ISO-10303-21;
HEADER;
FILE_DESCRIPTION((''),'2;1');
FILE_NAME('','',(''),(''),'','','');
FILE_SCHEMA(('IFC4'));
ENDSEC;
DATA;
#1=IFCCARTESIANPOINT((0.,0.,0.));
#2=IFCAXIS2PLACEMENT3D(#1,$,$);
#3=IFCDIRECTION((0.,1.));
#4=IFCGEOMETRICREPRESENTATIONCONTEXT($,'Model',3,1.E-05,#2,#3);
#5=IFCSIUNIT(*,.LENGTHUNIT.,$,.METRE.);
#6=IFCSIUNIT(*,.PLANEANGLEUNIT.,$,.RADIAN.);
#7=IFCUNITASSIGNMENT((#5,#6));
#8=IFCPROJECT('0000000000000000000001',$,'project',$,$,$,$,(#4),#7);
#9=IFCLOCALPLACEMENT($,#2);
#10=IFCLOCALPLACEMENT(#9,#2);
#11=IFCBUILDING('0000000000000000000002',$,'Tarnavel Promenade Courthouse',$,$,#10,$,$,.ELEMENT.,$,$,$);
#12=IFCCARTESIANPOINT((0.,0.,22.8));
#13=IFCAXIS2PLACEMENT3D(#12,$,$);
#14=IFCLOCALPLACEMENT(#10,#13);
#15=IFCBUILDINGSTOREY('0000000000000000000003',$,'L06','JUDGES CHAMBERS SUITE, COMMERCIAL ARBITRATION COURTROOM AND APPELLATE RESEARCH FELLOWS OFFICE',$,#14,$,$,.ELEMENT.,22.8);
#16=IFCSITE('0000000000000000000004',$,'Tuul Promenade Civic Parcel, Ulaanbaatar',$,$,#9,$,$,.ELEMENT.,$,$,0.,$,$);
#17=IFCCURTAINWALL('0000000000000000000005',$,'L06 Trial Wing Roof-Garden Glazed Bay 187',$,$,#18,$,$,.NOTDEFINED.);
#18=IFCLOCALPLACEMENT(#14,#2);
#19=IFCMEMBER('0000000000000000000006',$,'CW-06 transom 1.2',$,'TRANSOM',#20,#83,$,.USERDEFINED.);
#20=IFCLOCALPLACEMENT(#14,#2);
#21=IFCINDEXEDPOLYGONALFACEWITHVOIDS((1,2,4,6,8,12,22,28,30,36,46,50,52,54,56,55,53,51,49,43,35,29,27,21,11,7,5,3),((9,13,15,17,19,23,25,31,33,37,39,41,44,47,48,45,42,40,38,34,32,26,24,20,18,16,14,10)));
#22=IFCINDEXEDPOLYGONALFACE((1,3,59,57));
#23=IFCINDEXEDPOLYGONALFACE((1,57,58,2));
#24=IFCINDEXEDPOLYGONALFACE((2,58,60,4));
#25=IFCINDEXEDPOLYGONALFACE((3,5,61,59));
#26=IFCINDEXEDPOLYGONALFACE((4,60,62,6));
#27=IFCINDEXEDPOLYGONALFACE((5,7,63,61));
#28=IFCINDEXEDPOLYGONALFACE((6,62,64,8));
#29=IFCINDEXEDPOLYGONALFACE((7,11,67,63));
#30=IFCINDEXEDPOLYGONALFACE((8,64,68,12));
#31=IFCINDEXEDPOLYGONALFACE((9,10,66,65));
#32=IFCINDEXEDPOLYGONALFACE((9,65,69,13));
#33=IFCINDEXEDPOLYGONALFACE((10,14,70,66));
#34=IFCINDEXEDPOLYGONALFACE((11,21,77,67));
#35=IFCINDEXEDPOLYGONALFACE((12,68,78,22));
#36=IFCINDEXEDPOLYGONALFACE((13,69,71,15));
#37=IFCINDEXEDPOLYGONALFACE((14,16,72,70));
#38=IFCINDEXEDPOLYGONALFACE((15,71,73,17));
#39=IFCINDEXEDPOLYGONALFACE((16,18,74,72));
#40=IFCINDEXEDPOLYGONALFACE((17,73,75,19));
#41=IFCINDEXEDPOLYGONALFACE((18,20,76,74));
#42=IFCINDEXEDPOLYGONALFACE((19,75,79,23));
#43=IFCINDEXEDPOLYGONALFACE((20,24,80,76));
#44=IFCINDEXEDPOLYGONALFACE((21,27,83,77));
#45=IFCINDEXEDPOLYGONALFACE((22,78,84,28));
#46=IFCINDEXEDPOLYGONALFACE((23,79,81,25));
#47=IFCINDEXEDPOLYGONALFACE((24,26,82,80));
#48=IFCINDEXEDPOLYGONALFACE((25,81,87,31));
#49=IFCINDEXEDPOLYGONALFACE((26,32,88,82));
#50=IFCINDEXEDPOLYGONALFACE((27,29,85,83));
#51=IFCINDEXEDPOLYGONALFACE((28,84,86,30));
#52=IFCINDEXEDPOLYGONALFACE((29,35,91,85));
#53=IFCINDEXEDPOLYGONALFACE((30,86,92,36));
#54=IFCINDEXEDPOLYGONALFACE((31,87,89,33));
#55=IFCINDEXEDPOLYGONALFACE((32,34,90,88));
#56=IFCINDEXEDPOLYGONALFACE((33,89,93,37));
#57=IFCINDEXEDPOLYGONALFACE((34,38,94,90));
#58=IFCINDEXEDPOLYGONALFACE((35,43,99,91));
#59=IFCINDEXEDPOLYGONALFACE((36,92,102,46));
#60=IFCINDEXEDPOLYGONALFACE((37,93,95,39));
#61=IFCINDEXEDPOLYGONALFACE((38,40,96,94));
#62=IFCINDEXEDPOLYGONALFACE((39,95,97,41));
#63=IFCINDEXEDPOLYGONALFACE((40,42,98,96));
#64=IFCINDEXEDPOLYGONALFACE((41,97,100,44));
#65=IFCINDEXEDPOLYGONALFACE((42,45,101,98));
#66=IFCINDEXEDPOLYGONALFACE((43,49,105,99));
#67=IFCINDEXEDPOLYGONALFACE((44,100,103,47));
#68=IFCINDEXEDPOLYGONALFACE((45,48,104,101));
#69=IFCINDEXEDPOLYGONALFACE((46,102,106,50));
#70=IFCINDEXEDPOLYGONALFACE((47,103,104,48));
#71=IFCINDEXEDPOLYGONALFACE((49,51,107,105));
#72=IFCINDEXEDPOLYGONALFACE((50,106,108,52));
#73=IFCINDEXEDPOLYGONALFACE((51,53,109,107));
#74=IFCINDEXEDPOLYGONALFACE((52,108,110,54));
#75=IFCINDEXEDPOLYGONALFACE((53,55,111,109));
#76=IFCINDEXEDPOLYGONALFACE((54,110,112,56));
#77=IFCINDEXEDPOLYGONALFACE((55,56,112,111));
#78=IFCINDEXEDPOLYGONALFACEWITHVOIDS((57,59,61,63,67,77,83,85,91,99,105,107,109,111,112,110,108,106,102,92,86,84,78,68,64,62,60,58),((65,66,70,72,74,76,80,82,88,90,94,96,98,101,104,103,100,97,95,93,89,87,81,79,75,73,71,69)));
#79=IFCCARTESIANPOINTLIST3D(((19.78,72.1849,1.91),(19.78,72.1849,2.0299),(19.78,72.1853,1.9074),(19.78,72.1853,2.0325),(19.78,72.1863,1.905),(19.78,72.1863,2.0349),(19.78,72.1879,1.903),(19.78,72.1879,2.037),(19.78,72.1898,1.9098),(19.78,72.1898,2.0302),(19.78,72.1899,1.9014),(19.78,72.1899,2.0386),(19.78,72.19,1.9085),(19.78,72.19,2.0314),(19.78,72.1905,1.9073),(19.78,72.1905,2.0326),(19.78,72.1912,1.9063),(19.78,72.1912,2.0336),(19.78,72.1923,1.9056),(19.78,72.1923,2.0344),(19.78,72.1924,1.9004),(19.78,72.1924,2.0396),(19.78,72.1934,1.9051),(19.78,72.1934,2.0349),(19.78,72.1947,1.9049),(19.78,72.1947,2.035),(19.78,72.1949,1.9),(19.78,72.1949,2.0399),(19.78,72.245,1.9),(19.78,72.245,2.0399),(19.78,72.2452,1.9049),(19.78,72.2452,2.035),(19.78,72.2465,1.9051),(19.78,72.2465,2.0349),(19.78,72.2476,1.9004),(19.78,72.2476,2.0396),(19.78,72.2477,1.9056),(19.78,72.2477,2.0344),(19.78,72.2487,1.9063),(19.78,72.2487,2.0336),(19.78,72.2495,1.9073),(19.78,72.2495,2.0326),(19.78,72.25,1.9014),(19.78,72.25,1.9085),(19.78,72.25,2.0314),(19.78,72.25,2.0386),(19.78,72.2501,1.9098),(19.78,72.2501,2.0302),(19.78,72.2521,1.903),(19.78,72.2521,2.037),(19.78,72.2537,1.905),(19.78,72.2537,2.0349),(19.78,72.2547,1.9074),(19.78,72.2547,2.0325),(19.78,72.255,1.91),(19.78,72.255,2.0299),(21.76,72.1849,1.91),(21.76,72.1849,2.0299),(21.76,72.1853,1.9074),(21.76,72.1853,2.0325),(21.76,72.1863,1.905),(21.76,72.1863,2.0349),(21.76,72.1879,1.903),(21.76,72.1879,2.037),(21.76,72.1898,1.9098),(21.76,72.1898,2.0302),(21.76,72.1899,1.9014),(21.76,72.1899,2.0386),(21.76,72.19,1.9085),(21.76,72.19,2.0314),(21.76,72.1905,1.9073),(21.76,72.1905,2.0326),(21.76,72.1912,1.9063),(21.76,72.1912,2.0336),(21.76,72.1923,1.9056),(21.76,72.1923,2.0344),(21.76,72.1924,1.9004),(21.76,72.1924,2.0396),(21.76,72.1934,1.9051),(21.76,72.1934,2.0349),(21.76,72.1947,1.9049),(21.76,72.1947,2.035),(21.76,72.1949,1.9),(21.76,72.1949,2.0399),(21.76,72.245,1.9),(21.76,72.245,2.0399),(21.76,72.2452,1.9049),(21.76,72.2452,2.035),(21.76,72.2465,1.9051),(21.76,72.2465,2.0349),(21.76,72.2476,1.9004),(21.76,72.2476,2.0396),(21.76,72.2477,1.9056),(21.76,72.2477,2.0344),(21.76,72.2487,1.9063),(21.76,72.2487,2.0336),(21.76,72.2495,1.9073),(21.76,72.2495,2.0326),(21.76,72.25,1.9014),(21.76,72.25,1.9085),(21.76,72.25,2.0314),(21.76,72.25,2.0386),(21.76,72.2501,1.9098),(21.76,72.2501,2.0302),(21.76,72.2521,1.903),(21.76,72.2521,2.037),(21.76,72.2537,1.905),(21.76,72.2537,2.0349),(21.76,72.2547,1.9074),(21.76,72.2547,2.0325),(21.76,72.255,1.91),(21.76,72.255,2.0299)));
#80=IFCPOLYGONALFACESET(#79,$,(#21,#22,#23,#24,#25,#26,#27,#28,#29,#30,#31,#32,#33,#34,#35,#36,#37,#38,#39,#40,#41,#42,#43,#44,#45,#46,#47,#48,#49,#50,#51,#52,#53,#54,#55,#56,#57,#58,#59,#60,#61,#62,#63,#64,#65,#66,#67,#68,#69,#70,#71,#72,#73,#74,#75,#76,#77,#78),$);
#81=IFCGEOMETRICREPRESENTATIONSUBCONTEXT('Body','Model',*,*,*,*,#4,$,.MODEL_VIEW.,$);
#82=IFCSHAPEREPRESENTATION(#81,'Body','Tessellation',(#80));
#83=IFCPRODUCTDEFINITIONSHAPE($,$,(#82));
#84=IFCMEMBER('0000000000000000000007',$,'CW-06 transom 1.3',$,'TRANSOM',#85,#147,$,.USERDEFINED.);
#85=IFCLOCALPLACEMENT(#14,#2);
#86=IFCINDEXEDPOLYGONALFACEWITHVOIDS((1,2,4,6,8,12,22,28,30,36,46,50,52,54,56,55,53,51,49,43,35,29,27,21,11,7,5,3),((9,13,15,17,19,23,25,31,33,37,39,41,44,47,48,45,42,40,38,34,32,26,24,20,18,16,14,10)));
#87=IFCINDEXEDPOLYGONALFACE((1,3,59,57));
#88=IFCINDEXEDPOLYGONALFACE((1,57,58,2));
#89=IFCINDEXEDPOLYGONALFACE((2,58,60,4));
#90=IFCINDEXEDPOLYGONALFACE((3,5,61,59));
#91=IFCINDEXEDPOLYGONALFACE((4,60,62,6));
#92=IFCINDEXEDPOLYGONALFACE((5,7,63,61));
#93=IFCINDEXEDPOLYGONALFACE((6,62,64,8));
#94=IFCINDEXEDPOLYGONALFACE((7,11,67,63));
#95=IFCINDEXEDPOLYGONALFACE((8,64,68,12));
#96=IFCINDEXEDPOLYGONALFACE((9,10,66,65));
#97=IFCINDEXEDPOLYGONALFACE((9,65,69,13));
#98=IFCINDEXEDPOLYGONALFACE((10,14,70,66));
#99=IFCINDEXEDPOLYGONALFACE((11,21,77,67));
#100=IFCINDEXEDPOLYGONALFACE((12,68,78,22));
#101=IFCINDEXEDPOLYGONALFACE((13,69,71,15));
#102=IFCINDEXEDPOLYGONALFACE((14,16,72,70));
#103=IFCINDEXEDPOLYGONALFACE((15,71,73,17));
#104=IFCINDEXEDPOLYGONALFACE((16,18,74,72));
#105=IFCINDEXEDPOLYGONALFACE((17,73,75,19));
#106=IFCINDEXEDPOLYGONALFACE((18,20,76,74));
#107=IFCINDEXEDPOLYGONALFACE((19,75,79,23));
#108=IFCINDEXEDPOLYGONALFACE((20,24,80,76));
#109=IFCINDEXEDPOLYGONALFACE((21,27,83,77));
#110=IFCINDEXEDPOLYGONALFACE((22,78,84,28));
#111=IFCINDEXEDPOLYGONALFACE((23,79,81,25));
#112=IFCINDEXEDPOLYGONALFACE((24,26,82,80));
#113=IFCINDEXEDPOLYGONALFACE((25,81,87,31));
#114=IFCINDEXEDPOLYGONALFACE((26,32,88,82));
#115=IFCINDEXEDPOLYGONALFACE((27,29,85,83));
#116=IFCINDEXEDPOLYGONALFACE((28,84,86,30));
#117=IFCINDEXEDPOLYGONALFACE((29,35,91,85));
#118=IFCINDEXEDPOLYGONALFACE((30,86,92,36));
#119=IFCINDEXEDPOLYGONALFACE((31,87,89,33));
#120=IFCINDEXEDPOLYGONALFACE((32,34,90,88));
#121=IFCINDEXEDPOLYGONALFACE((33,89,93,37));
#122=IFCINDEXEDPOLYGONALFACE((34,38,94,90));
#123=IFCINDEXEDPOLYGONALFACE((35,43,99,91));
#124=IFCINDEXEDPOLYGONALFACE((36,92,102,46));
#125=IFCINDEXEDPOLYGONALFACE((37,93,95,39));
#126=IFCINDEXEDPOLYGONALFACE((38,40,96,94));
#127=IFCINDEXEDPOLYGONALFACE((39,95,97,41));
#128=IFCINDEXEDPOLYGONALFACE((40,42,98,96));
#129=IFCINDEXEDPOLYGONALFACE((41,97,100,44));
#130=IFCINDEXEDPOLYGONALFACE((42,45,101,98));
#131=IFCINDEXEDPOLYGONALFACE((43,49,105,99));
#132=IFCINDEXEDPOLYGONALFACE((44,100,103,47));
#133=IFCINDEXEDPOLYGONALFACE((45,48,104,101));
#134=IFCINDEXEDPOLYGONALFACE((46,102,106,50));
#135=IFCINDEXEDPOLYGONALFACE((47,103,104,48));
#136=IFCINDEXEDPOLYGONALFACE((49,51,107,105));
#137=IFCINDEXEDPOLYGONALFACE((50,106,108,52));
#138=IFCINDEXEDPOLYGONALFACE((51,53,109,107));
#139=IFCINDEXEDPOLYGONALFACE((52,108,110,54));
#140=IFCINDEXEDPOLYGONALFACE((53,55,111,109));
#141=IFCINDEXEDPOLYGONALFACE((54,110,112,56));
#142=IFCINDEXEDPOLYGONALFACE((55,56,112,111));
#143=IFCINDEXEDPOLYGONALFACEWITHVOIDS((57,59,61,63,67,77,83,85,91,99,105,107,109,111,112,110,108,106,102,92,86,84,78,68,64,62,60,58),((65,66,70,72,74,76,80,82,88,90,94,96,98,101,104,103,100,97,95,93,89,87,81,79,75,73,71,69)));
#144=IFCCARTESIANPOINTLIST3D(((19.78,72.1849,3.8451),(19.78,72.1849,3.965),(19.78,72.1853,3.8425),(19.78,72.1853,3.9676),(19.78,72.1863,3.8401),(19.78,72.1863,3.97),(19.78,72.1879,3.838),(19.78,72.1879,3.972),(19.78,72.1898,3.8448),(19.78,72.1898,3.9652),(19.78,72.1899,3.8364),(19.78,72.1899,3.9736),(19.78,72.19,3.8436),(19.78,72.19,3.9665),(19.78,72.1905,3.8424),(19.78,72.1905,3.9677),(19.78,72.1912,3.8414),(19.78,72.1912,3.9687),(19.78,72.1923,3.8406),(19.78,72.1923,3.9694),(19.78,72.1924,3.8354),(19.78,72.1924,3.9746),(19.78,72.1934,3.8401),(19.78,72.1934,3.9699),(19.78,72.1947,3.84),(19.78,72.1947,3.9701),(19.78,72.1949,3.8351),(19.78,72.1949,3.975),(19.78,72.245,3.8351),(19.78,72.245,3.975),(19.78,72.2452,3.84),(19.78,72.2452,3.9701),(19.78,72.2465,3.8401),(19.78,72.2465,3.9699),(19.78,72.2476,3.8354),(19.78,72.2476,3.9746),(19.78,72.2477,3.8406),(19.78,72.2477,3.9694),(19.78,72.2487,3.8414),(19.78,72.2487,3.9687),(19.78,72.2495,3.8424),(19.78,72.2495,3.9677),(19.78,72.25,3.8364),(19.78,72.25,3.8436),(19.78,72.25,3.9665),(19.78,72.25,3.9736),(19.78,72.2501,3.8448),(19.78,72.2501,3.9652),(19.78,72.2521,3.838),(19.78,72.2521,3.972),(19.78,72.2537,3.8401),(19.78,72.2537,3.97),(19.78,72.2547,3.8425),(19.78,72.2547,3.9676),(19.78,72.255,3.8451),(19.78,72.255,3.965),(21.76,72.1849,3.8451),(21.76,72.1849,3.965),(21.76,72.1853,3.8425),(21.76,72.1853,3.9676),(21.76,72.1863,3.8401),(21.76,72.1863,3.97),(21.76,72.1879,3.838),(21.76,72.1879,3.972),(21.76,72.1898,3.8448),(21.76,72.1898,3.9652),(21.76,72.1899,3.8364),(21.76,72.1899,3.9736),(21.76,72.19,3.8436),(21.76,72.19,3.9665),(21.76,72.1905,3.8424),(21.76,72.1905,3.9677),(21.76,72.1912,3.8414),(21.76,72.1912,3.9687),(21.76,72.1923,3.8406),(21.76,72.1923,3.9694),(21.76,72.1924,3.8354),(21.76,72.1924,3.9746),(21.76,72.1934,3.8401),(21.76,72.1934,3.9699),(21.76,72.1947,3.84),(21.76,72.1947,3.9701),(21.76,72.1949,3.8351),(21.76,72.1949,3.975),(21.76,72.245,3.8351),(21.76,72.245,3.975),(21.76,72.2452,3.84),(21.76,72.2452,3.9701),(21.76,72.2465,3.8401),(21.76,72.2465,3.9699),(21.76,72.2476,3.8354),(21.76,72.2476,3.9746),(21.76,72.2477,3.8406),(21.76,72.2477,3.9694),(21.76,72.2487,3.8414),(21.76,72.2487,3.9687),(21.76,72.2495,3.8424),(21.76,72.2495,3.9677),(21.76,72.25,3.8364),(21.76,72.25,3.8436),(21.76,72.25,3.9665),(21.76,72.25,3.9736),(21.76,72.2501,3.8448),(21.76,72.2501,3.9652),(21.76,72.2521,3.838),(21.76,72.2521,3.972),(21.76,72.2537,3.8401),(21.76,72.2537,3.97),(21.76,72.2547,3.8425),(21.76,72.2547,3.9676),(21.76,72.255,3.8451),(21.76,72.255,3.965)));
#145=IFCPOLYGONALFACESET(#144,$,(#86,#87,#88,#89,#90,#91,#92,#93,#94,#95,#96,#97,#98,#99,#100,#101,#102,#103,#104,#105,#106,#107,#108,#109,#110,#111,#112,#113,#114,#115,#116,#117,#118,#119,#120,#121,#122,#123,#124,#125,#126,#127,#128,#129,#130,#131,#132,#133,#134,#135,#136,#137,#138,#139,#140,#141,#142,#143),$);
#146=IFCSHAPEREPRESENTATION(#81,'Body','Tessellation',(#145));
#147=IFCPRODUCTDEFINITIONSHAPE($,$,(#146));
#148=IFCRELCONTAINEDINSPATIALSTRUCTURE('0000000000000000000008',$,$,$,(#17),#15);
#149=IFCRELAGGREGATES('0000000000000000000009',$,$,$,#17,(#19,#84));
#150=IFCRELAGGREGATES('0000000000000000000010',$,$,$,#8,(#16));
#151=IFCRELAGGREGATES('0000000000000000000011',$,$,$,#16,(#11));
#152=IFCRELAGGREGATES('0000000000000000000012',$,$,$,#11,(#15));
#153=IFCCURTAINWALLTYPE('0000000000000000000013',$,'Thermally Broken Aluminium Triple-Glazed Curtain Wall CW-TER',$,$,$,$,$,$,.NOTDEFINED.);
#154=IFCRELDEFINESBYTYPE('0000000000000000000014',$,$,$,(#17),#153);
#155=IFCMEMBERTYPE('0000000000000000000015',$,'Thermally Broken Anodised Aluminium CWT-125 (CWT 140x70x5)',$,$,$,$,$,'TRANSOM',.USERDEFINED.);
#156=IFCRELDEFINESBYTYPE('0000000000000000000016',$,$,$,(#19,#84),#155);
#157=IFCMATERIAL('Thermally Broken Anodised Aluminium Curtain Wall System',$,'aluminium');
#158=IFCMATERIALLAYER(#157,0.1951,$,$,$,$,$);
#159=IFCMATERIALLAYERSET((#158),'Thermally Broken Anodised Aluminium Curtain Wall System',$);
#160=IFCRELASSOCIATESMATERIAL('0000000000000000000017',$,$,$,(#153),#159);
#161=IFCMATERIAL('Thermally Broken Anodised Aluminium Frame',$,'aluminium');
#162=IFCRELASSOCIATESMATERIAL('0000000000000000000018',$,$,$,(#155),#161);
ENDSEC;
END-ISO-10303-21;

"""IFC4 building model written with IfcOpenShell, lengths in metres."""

from ifc_helpers import new_model, si_unit, direction, frame, origin, origin_2d, place, context, subcontext, project, spatial, hollow_rectangle, extrude, material, layer, layer_set, material_profile, profile_set, type_object, element, aggregate, save


model = new_model("IFC4")

# Units and contexts
model_context = context("Model", 3, precision=1e-05, world=origin(), true_north=direction((0.0, 1.0)))
body_context = subcontext(model_context, "Body", "Model", "MODEL_VIEW")
ifc_project = project(units=[si_unit("LENGTHUNIT", "METRE"), si_unit("PLANEANGLEUNIT", "RADIAN")], contexts=[model_context])

# Site, building, storey
site_placement = place(None, origin())
site = spatial("IfcSite", under=ifc_project, at=site_placement, Name="Tuul Promenade Civic Parcel, Ulaanbaatar", CompositionType="ELEMENT", RefElevation=0.0)
building_placement = place(site_placement, origin())
building = spatial("IfcBuilding", under=site, at=building_placement, Name="Tarnavel Promenade Courthouse", CompositionType="ELEMENT")
storey_placement = place(building_placement, frame((0.0, 0.0, 22.8)))
storey = spatial("IfcBuildingStorey", under=building, at=storey_placement, Name="L06", Description="JUDGES CHAMBERS SUITE, COMMERCIAL ARBITRATION COURTROOM AND APPELLATE RESEARCH FELLOWS OFFICE", CompositionType="ELEMENT", Elevation=22.8)

# Shared definitions
ifc_material_1 = material(Name="Thermally Broken Anodised Aluminium Curtain Wall System", Category="aluminium")
ifc_layer_1 = layer(ifc_material_1, 0.1951)
ifc_layer_set_1 = layer_set([ifc_layer_1], Name="Thermally Broken Anodised Aluminium Curtain Wall System")
curtain_wall_type = type_object("IfcCurtainWallType", Name="Thermally Broken Aluminium Triple-Glazed Curtain Wall CW-TER", PredefinedType="NOTDEFINED", material=ifc_layer_set_1)
ifc_material_2 = material(Name="Thermally Broken Anodised Aluminium Frame", Category="aluminium")

# Curtain wall
curtain_wall_1_placement = place(storey_placement, origin())
curtain_wall_1 = element("IfcCurtainWall", 1, at=curtain_wall_1_placement, inside=storey, type_object=curtain_wall_type, Name="L06 Trial Wing Roof-Garden Glazed Bay 187", PredefinedType="NOTDEFINED")

# Members
ifc_material_profile_1 = material_profile(ifc_material_2, hollow_rectangle(XDim=0.0701, YDim=0.1399, WallThickness=0.0049, InnerFilletRadius=0.0049, OuterFilletRadius=0.01, at=origin_2d()), Name="CWT 140x70x5")
ifc_profile_set_1 = profile_set([ifc_material_profile_1], Name="Thermally Broken Anodised Aluminium Frame")
member_type_1 = type_object("IfcMemberType", Name="Thermally Broken Anodised Aluminium CWT-125 (CWT 140x70x5)", ElementType="TRANSOM", PredefinedType="USERDEFINED", material=ifc_profile_set_1)
member_1_placement = place(storey_placement, frame((19.78, 72.22, 1.97), z_axis=(1.0, 0.0, 0.0), x_axis=(0.0, 1.0, 0.0)))
member_1 = element("IfcMember", 2, at=member_1_placement, type_object=member_type_1, Name="CW-06 transom 1.2", ObjectType="TRANSOM", PredefinedType="USERDEFINED", context=body_context, shape_type="SweptSolid", body=[
    extrude(hollow_rectangle(XDim=0.0701, YDim=0.1399, WallThickness=0.0049, InnerFilletRadius=0.0049, OuterFilletRadius=0.01, at=origin_2d()), origin(), (0.0, 0.0, 1.0), 1.98),
])
member_2_placement = place(storey_placement, frame((19.78, 72.22, 3.905), z_axis=(1.0, 0.0, 0.0), x_axis=(0.0, 1.0, 0.0)))
member_2 = element("IfcMember", 3, at=member_2_placement, type_object=member_type_1, Name="CW-06 transom 1.3", ObjectType="TRANSOM", PredefinedType="USERDEFINED", context=body_context, shape_type="SweptSolid", body=[
    extrude(hollow_rectangle(XDim=0.0701, YDim=0.1399, WallThickness=0.0049, InnerFilletRadius=0.0049, OuterFilletRadius=0.01, at=origin_2d()), origin(), (0.0, 0.0, 1.0), 1.98),
])

aggregate(curtain_wall_1, [member_1, member_2])

save(model, "model.ifc")
